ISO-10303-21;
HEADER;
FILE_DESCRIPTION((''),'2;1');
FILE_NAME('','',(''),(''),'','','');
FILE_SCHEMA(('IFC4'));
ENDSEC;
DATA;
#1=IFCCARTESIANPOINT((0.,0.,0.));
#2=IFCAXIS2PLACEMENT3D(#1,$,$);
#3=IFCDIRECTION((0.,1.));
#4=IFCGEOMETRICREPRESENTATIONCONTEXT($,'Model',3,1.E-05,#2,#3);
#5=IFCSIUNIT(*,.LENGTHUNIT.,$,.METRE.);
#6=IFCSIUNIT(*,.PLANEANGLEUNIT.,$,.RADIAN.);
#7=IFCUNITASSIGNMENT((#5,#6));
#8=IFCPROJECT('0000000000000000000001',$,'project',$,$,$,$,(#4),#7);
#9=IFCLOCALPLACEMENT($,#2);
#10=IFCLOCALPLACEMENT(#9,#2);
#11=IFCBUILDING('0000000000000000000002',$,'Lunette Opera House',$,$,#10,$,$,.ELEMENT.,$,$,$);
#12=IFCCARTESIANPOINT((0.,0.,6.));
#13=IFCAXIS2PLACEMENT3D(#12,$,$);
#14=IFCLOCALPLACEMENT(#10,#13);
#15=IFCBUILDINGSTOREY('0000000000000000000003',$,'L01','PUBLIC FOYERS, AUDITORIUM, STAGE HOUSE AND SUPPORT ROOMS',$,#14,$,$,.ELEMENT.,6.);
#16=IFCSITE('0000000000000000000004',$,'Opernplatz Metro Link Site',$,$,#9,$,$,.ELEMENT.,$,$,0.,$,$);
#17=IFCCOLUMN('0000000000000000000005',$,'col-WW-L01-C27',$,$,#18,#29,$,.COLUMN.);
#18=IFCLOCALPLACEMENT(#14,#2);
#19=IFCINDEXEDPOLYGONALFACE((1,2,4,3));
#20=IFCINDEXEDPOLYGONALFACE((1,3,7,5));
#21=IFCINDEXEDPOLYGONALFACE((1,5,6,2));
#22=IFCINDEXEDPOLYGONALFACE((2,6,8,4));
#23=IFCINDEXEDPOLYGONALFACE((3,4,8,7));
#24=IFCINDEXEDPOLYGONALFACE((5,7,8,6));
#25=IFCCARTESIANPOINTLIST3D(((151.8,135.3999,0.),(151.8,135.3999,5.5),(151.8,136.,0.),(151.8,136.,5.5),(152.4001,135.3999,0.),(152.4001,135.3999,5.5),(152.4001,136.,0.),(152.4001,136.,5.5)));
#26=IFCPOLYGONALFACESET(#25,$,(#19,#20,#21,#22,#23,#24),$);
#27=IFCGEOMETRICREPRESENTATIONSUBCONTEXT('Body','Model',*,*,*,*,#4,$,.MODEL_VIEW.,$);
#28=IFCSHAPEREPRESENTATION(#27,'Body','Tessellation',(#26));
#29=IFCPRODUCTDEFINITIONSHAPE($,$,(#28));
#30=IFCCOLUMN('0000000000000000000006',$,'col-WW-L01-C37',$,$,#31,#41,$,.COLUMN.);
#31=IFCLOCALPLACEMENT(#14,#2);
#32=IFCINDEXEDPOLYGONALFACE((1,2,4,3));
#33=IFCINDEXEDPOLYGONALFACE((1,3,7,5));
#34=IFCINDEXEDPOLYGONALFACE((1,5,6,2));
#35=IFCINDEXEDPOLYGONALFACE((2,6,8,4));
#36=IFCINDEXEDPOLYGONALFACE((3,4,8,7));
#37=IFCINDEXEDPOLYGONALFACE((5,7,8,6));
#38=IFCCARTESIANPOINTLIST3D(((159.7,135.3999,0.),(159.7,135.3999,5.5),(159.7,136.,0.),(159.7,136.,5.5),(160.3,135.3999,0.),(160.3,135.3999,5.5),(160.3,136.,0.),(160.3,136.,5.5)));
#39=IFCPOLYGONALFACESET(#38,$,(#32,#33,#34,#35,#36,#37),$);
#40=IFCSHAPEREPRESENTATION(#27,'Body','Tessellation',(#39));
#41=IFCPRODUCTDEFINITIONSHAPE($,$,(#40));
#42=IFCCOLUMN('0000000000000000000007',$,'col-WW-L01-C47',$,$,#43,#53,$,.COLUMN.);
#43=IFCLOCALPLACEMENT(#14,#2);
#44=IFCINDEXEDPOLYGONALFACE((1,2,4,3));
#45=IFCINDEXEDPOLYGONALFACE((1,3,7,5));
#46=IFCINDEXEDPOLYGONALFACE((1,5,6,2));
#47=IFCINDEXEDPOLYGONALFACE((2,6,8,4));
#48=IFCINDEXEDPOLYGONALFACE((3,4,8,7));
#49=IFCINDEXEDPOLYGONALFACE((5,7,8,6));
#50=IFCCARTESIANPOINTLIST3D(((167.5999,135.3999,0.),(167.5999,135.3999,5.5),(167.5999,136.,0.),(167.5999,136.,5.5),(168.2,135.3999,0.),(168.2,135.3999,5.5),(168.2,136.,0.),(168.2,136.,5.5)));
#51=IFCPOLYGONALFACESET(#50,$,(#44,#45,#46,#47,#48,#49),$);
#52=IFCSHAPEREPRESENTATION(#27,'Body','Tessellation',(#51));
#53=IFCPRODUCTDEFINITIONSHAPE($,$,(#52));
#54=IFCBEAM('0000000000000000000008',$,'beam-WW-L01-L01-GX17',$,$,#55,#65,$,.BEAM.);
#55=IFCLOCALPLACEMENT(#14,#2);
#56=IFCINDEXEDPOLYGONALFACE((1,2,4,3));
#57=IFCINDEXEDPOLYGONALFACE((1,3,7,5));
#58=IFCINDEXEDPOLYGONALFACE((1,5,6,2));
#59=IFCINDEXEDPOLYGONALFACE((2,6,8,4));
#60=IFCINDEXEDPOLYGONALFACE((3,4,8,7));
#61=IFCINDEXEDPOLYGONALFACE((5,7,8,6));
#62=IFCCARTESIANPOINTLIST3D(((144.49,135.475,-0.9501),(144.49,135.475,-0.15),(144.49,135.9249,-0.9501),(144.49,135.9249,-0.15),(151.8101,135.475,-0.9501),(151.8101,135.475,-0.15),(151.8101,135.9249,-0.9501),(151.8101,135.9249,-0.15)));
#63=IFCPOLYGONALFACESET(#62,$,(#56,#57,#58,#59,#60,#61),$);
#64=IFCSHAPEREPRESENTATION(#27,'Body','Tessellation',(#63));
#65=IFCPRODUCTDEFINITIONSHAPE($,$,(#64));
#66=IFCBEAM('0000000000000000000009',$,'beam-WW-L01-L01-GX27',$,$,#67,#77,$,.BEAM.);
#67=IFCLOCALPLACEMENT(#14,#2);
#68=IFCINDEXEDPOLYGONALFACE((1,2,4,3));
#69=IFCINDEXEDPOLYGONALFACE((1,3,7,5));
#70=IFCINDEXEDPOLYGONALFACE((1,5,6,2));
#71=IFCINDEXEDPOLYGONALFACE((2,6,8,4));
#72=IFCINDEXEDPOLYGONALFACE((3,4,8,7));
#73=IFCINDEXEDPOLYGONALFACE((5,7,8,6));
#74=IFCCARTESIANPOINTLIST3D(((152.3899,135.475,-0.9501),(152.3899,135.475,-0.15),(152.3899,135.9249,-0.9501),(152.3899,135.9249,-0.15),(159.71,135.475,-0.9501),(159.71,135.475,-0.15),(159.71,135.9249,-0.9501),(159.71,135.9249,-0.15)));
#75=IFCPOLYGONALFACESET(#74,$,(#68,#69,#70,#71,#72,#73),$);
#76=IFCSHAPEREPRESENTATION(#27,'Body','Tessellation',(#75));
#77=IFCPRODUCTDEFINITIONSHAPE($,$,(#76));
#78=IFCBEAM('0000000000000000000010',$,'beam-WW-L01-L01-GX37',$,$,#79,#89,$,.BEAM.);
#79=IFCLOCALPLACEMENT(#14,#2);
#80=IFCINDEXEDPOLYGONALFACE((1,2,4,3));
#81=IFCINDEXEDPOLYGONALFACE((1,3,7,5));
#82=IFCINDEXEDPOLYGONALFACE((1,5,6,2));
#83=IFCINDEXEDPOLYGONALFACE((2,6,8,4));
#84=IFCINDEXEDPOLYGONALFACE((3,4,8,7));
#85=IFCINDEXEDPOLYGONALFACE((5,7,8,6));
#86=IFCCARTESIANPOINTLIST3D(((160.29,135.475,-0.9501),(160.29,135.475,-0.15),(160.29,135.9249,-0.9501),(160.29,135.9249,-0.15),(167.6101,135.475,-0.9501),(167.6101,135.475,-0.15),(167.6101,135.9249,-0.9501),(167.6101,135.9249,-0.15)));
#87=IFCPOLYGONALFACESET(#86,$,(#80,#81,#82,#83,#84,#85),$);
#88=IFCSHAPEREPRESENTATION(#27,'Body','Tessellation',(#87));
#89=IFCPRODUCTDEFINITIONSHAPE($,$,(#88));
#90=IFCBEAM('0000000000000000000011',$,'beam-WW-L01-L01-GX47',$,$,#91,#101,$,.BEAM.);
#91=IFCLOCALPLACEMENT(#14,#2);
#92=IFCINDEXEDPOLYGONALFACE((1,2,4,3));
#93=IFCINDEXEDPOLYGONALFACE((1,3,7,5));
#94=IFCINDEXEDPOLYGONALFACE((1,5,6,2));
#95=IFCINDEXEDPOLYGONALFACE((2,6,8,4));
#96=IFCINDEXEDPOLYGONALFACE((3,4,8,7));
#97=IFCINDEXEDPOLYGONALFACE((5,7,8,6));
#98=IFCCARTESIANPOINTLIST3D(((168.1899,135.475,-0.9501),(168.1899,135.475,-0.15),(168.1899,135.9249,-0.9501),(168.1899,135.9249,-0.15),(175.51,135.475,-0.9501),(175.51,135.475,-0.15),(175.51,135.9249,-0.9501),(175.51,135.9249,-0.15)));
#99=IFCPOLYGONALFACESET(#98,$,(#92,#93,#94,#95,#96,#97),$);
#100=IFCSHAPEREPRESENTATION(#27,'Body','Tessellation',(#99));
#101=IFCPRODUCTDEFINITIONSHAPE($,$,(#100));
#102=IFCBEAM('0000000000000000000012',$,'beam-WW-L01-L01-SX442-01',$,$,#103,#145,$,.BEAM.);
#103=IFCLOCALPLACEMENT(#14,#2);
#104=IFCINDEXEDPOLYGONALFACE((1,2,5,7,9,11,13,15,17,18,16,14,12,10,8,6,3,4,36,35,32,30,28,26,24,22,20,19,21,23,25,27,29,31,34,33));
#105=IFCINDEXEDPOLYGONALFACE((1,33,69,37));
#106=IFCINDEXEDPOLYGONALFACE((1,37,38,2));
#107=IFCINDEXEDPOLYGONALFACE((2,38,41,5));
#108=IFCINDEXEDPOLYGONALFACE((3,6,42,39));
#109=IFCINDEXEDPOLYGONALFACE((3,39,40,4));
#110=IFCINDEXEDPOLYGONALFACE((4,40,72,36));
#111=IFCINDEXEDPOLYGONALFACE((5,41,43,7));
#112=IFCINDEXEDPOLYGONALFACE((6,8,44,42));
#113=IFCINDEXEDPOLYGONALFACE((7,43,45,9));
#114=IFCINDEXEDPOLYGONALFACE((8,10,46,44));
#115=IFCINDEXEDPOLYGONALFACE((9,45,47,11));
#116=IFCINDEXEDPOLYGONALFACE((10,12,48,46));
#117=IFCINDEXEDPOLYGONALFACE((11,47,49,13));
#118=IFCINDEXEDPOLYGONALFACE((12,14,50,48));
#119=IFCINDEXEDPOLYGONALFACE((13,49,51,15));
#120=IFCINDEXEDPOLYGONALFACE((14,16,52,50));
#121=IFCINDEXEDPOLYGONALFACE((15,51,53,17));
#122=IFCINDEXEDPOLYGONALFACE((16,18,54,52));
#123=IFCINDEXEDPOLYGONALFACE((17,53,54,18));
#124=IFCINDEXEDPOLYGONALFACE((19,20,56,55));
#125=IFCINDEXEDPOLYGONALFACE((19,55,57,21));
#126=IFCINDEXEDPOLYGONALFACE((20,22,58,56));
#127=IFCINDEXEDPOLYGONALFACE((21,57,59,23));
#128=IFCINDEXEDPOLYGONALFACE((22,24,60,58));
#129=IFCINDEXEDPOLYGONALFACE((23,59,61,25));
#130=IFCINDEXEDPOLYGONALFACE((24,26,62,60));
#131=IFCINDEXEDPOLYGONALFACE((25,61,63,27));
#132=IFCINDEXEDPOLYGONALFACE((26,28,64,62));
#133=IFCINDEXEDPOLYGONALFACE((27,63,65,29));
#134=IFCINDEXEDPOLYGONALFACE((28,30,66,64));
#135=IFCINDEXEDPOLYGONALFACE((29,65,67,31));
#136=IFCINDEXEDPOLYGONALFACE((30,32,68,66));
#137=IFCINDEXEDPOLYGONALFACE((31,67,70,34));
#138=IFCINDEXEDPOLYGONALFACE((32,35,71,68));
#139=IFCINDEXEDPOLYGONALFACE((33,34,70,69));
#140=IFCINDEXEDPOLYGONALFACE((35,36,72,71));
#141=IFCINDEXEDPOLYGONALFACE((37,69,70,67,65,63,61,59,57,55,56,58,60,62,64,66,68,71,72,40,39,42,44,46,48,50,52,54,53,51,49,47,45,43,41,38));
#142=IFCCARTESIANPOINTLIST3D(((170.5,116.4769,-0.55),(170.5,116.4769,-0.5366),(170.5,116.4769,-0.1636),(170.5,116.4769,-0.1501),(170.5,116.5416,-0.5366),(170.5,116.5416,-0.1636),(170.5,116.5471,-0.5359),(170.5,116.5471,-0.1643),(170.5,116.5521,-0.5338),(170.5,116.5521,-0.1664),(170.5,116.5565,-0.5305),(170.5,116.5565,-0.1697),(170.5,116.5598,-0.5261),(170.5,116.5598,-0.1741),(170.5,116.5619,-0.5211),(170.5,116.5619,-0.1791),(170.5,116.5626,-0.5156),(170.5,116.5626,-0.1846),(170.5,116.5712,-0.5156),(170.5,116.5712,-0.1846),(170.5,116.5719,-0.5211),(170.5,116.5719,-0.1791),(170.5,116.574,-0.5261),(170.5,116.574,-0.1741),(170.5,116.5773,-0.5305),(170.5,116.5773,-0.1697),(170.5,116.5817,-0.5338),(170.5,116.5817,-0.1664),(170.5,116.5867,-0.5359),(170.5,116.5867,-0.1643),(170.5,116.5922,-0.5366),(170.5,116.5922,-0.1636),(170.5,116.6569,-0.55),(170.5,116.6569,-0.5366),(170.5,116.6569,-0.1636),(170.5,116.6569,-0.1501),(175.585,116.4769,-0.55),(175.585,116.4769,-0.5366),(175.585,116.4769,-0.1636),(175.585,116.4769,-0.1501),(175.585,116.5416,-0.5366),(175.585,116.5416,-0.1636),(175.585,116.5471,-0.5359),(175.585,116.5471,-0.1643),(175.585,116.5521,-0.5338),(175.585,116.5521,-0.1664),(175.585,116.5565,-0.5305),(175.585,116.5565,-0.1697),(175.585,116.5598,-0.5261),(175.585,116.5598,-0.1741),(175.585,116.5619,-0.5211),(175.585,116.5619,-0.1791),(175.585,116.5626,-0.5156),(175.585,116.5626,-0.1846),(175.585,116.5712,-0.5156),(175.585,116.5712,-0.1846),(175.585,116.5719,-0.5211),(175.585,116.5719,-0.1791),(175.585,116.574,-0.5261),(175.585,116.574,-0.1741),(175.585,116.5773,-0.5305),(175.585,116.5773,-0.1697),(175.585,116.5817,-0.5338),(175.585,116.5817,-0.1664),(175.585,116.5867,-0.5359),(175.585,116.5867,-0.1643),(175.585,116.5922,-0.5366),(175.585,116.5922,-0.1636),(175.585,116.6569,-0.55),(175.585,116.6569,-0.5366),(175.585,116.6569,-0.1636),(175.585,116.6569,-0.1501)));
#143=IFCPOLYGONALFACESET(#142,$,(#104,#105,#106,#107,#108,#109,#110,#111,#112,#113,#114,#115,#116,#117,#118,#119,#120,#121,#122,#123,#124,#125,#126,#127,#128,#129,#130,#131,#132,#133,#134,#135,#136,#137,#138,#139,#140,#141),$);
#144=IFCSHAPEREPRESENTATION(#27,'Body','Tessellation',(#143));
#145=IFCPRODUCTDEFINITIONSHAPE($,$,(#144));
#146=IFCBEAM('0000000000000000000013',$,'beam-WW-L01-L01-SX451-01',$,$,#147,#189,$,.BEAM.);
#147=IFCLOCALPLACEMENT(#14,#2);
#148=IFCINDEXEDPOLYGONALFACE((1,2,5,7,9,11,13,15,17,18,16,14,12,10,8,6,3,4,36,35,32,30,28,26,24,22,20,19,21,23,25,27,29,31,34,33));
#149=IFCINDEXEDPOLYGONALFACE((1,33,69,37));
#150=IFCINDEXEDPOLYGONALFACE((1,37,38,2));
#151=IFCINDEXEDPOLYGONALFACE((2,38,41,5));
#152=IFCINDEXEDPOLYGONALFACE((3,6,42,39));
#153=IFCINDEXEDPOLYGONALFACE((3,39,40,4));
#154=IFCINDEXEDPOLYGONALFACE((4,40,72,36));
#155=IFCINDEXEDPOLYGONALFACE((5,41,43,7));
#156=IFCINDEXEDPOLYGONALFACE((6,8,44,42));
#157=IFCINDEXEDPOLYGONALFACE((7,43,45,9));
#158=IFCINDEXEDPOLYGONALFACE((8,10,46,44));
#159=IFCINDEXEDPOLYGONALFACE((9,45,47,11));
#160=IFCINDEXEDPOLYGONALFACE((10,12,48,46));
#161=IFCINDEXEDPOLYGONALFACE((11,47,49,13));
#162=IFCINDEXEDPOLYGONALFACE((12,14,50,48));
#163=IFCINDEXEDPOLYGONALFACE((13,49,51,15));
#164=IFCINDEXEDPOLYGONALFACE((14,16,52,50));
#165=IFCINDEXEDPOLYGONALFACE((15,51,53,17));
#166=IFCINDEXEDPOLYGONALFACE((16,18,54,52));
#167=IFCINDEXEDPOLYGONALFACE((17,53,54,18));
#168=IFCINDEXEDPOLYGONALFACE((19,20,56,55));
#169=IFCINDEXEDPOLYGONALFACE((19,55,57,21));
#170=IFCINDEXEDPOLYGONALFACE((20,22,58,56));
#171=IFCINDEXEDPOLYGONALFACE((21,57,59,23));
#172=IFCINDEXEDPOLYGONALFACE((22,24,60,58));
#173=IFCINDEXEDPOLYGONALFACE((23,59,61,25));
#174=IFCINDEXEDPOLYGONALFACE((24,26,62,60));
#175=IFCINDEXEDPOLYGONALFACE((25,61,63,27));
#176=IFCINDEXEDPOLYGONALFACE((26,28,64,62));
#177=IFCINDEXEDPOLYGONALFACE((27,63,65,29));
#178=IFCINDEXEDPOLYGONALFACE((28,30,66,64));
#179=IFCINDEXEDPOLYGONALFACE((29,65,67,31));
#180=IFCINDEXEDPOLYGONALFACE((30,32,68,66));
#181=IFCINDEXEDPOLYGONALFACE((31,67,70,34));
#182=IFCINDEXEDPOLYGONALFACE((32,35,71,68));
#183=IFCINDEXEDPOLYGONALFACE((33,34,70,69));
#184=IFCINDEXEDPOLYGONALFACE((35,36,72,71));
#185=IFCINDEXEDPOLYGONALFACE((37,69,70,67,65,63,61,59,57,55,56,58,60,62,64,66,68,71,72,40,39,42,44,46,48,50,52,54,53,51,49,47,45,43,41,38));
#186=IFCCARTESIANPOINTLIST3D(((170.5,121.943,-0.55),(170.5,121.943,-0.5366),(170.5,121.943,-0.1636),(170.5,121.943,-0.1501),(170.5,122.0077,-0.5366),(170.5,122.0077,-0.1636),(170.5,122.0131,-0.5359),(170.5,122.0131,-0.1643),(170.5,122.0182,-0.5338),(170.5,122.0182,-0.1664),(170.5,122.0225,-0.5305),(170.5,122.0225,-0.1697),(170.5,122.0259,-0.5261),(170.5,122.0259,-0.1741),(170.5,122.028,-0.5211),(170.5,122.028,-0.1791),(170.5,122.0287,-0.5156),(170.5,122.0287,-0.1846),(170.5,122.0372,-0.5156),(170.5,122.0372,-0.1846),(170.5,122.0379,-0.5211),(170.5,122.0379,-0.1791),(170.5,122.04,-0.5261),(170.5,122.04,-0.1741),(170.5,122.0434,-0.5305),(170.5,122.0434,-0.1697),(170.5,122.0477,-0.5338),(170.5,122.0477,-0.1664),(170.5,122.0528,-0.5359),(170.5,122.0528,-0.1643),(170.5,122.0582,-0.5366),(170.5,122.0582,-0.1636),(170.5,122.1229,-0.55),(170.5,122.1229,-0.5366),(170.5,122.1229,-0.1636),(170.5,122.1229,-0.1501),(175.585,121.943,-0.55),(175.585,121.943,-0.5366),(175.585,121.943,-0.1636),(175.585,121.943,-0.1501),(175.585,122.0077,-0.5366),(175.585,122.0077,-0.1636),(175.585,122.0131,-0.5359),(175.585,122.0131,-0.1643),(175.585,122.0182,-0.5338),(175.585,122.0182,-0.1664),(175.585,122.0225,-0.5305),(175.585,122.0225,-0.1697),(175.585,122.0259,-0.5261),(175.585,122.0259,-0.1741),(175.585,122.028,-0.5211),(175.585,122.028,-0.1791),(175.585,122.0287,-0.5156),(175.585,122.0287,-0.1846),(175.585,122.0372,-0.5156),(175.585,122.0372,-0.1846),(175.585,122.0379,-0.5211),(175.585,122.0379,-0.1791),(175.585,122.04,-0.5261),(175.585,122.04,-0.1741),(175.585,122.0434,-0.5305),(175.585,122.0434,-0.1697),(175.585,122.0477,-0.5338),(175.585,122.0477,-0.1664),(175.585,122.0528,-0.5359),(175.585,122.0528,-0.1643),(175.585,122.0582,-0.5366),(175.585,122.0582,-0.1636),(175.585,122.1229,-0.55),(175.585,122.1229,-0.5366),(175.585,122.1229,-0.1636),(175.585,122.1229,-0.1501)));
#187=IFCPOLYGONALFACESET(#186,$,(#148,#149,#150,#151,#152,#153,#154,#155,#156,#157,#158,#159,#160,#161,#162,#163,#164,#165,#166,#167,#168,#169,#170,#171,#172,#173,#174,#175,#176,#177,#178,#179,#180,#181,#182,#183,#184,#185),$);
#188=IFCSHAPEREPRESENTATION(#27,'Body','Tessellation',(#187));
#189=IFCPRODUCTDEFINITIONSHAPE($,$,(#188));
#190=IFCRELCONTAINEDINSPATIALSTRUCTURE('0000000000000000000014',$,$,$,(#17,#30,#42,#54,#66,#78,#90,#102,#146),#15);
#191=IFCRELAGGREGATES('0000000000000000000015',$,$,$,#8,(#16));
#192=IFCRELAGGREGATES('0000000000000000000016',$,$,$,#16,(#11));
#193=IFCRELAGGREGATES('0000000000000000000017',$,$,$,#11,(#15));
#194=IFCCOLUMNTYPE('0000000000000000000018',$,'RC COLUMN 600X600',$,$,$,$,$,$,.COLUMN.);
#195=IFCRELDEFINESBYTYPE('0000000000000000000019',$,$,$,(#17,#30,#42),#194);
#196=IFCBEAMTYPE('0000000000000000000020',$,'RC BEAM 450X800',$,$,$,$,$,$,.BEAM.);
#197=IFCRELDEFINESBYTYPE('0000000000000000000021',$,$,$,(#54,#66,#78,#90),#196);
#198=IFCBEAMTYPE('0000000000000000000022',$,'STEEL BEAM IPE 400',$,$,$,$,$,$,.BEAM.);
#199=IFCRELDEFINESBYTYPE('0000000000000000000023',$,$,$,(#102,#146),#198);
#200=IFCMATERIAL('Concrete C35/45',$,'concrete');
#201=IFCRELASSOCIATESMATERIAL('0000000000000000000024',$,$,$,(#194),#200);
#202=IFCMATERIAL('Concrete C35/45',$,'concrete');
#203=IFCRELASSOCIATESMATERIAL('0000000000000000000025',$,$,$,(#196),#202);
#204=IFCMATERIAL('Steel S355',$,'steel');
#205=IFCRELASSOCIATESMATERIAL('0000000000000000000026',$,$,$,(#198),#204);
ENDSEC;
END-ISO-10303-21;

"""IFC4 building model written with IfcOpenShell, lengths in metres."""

from ifc_helpers import new_model, si_unit, direction, frame, origin, origin_2d, place, context, subcontext, project, spatial, rectangle, i_section, extrude, material, material_profile, profile_set, type_object, element, save


model = new_model("IFC4")

# Units and contexts
model_context = context("Model", 3, precision=1e-05, world=origin(), true_north=direction((0.0, 1.0)))
body_context = subcontext(model_context, "Body", "Model", "MODEL_VIEW")
ifc_project = project(units=[si_unit("LENGTHUNIT", "METRE"), si_unit("PLANEANGLEUNIT", "RADIAN")], contexts=[model_context])

# Site, building, storey
site_placement = place(None, origin())
site = spatial("IfcSite", under=ifc_project, at=site_placement, Name="Opernplatz Metro Link Site", CompositionType="ELEMENT", RefElevation=0.0)
building_placement = place(site_placement, origin())
building = spatial("IfcBuilding", under=site, at=building_placement, Name="Lunette Opera House", CompositionType="ELEMENT")
storey_placement = place(building_placement, frame((0.0, 0.0, 6.0)))
storey = spatial("IfcBuildingStorey", under=building, at=storey_placement, Name="L01", Description="PUBLIC FOYERS, AUDITORIUM, STAGE HOUSE AND SUPPORT ROOMS", CompositionType="ELEMENT", Elevation=6.0)

# Columns
ifc_material_1 = material(Name="Concrete C35/45", Category="concrete")
ifc_material_profile_1 = material_profile(ifc_material_1, rectangle(XDim=0.6001, YDim=0.6001, at=origin_2d()), Name="RC COLUMN 600X600")
ifc_profile_set_1 = profile_set([ifc_material_profile_1], Name="Concrete C35/45")
column_type = type_object("IfcColumnType", Name="RC COLUMN 600X600", PredefinedType="COLUMN", material=ifc_profile_set_1)
for number, where, z_axis, x_axis, name in (
    (1, (152.1001, 135.7, 0.0), (0.0, 0.0, 1.0), (1.0, 0.0, 0.0), "col-WW-L01-C27"),
    (2, (160.0, 135.7, 0.0), (0.0, 0.0, 1.0), (1.0, 0.0, 0.0), "col-WW-L01-C37"),
    (3, (167.8999, 135.7, 0.0), (0.0, 0.0, 1.0), (1.0, 0.0, 0.0), "col-WW-L01-C47"),
):
    element("IfcColumn", number, at=place(storey_placement, frame(where, z_axis=z_axis, x_axis=x_axis)), inside=storey, type_object=column_type, Name=name, PredefinedType="COLUMN", context=body_context, shape_type="SweptSolid", body=[
        extrude(rectangle(XDim=0.6001, YDim=0.6001, at=origin_2d()), origin(), (0.0, 0.0, 1.0), 5.5),
    ])

# Beams
ifc_material_2 = material(Name="Concrete C35/45", Category="concrete")
ifc_material_profile_2 = material_profile(ifc_material_2, rectangle(XDim=0.45, YDim=0.8, at=origin_2d()), Name="RC BEAM 450X800")
ifc_profile_set_2 = profile_set([ifc_material_profile_2], Name="Concrete C35/45")
beam_type_1 = type_object("IfcBeamType", Name="RC BEAM 450X800", PredefinedType="BEAM", material=ifc_profile_set_2)
for number, where, z_axis, x_axis, name in (
    (4, (144.49, 135.7, -0.55), (1.0, 0.0, 0.0), (0.0, 1.0, 0.0), "beam-WW-L01-L01-GX17"),
    (5, (152.3899, 135.7, -0.55), (1.0, 0.0, 0.0), (0.0, 1.0, 0.0), "beam-WW-L01-L01-GX27"),
    (6, (160.29, 135.7, -0.55), (1.0, 0.0, 0.0), (0.0, 1.0, 0.0), "beam-WW-L01-L01-GX37"),
    (7, (168.1899, 135.7, -0.55), (1.0, 0.0, 0.0), (0.0, 1.0, 0.0), "beam-WW-L01-L01-GX47"),
):
    element("IfcBeam", number, at=place(storey_placement, frame(where, z_axis=z_axis, x_axis=x_axis)), inside=storey, type_object=beam_type_1, Name=name, PredefinedType="BEAM", context=body_context, shape_type="SweptSolid", body=[
        extrude(rectangle(XDim=0.45, YDim=0.8, at=origin_2d()), origin(), (0.0, 0.0, 1.0), 7.3201),
    ])
ifc_material_3 = material(Name="Steel S355", Category="steel")
ifc_material_profile_3 = material_profile(ifc_material_3, i_section(OverallWidth=0.1799, OverallDepth=0.3999, WebThickness=0.0085, FlangeThickness=0.0134, FilletRadius=0.021, at=origin_2d()), Name="IPE 400")
ifc_profile_set_3 = profile_set([ifc_material_profile_3], Name="Steel S355")
beam_type_2 = type_object("IfcBeamType", Name="STEEL BEAM IPE 400", PredefinedType="BEAM", material=ifc_profile_set_3)
for number, where, z_axis, x_axis, name in (
    (8, (170.5, 116.5669, -0.3501), (1.0, 0.0, 0.0), (0.0, 1.0, 0.0), "beam-WW-L01-L01-SX442-01"),
    (9, (170.5, 122.033, -0.3501), (1.0, 0.0, 0.0), (0.0, 1.0, 0.0), "beam-WW-L01-L01-SX451-01"),
):
    element("IfcBeam", number, at=place(storey_placement, frame(where, z_axis=z_axis, x_axis=x_axis)), inside=storey, type_object=beam_type_2, Name=name, PredefinedType="BEAM", context=body_context, shape_type="SweptSolid", body=[
        extrude(i_section(OverallWidth=0.1799, OverallDepth=0.3999, WebThickness=0.0085, FlangeThickness=0.0134, FilletRadius=0.021, at=origin_2d()), origin(), (0.0, 0.0, 1.0), 5.085),
    ])

save(model, "model.ifc")
